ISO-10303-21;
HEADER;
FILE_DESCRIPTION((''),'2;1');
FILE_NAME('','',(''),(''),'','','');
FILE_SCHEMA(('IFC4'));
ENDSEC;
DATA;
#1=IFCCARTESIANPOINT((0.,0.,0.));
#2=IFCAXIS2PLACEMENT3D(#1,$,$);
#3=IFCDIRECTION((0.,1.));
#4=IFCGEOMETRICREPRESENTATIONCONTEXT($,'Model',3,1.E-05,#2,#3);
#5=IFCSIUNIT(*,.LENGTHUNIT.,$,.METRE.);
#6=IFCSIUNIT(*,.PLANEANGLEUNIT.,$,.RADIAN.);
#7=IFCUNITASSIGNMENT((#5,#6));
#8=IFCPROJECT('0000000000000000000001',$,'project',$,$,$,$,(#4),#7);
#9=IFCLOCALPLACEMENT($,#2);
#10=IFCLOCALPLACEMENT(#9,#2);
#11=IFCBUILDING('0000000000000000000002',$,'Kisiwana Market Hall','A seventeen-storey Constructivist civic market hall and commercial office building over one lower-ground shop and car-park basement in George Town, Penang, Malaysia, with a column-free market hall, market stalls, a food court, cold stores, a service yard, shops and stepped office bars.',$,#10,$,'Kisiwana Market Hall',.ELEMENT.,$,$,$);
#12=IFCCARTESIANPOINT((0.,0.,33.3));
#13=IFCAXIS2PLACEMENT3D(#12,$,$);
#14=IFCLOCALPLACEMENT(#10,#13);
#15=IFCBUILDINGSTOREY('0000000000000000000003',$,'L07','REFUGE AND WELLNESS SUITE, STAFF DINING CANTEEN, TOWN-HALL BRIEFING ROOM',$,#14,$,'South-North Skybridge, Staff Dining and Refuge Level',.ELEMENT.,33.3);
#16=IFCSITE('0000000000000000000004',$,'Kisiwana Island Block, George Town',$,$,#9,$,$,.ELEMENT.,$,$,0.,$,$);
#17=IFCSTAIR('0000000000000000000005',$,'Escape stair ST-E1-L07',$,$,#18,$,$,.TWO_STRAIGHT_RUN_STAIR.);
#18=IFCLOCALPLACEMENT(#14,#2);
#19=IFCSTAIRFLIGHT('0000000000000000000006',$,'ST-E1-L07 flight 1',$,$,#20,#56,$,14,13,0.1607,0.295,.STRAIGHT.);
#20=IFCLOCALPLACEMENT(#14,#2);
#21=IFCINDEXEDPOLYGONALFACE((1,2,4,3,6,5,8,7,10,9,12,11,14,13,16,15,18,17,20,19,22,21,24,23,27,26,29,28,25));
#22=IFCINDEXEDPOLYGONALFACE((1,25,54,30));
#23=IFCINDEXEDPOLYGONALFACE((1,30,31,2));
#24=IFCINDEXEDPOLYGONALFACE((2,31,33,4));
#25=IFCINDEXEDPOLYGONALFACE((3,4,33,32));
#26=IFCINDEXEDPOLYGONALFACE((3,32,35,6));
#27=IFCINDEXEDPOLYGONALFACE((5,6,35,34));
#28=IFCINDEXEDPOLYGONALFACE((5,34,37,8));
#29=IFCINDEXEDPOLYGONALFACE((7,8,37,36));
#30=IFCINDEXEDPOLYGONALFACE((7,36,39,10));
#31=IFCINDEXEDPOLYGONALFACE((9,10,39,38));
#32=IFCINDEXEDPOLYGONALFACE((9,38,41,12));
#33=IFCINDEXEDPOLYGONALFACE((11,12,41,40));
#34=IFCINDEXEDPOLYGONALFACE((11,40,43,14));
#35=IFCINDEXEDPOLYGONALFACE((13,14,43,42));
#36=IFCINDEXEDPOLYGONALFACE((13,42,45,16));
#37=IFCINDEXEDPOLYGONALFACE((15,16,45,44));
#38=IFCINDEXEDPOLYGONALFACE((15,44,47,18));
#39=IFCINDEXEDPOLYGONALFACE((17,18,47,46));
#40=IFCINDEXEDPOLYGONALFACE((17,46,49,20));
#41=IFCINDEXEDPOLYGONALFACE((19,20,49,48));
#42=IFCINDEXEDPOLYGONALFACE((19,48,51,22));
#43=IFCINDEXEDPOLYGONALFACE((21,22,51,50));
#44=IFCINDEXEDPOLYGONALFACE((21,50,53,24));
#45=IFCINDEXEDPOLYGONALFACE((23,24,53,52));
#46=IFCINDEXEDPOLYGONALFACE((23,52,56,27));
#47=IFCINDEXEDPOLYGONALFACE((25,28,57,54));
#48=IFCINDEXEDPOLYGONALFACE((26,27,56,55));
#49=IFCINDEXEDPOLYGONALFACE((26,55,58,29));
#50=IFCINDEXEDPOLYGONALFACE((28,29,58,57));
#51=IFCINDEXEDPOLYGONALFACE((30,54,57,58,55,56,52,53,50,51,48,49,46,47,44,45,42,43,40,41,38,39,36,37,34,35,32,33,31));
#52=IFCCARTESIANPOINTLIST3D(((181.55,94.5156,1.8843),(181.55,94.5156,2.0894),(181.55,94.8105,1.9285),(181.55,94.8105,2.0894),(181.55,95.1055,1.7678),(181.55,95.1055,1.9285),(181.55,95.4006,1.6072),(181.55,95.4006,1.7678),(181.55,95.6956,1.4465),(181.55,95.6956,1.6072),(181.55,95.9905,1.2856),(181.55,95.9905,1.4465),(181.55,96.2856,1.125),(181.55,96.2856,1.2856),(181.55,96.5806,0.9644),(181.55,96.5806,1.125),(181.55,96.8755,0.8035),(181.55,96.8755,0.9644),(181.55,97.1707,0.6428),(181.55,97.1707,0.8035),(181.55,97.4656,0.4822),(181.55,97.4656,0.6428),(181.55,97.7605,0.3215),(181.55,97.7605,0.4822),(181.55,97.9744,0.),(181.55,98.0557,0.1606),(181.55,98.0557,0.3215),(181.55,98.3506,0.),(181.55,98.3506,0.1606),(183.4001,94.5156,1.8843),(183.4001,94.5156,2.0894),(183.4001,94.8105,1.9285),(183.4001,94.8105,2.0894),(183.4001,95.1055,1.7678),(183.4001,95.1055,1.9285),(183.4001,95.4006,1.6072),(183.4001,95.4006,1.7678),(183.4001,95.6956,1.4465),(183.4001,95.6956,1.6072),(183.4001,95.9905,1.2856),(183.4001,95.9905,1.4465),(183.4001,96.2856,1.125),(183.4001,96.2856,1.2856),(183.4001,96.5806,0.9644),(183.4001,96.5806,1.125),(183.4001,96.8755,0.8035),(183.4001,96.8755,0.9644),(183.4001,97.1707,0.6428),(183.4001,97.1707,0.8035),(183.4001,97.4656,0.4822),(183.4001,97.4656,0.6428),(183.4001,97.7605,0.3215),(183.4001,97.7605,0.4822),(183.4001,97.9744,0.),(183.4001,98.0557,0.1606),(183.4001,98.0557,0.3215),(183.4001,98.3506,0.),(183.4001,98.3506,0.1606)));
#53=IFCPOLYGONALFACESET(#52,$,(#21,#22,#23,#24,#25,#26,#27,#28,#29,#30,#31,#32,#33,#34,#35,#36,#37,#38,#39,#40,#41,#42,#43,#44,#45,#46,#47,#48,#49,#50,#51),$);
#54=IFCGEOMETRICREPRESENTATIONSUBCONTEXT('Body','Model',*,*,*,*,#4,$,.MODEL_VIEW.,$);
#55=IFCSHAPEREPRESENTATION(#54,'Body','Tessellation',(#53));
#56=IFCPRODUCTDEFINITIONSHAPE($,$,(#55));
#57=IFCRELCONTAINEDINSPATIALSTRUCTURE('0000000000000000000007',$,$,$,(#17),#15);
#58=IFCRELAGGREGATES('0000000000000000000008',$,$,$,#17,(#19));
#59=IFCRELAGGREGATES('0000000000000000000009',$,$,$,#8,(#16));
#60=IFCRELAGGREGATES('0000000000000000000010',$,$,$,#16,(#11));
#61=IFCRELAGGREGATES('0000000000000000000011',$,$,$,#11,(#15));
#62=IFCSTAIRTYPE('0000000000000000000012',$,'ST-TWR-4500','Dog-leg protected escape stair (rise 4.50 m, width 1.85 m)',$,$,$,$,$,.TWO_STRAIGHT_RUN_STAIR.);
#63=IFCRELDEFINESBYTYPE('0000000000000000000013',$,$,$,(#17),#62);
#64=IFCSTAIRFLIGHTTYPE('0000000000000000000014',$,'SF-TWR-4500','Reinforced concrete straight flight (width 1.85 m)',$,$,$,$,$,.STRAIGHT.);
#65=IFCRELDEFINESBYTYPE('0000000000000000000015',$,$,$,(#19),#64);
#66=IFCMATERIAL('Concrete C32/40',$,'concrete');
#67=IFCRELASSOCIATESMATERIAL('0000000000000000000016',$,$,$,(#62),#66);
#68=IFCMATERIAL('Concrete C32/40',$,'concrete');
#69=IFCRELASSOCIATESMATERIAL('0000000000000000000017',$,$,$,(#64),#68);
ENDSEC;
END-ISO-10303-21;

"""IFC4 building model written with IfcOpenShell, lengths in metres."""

from ifc_helpers import new_model, si_unit, direction, frame, origin, place, context, subcontext, project, spatial, polyline, outline, extrude, material, type_object, element, aggregate, save


model = new_model("IFC4")

# Units and contexts
model_context = context("Model", 3, precision=1e-05, world=origin(), true_north=direction((0.0, 1.0)))
body_context = subcontext(model_context, "Body", "Model", "MODEL_VIEW")
ifc_project = project(units=[si_unit("LENGTHUNIT", "METRE"), si_unit("PLANEANGLEUNIT", "RADIAN")], contexts=[model_context])

# Site, building, storey
site_placement = place(None, origin())
site = spatial("IfcSite", under=ifc_project, at=site_placement, Name="Kisiwana Island Block, George Town", CompositionType="ELEMENT", RefElevation=0.0)
building_placement = place(site_placement, origin())
building = spatial("IfcBuilding", under=site, at=building_placement, Name="Kisiwana Market Hall", Description="A seventeen-storey Constructivist civic market hall and commercial office building over one lower-ground shop and car-park basement in George Town, Penang, Malaysia, with a column-free market hall, market stalls, a food court, cold stores, a service yard, shops and stepped office bars.", LongName="Kisiwana Market Hall", CompositionType="ELEMENT")
storey_placement = place(building_placement, frame((0.0, 0.0, 33.3)))
storey = spatial("IfcBuildingStorey", under=building, at=storey_placement, Name="L07", Description="REFUGE AND WELLNESS SUITE, STAFF DINING CANTEEN, TOWN-HALL BRIEFING ROOM", LongName="South-North Skybridge, Staff Dining and Refuge Level", CompositionType="ELEMENT", Elevation=33.3)

# Stair, stair flight
ifc_material_1 = material(Name="Concrete C32/40", Category="concrete")
stair_type = type_object("IfcStairType", Name="ST-TWR-4500", Description="Dog-leg protected escape stair (rise 4.50 m, width 1.85 m)", PredefinedType="TWO_STRAIGHT_RUN_STAIR", material=ifc_material_1)
stair_placement = place(storey_placement, origin())
stair = element("IfcStair", 1, at=stair_placement, inside=storey, type_object=stair_type, Name="Escape stair ST-E1-L07", PredefinedType="TWO_STRAIGHT_RUN_STAIR")
ifc_material_2 = material(Name="Concrete C32/40", Category="concrete")
stair_flight_type = type_object("IfcStairFlightType", Name="SF-TWR-4500", Description="Reinforced concrete straight flight (width 1.85 m)", PredefinedType="STRAIGHT", material=ifc_material_2)
stair_flight_placement = place(storey_placement, frame((182.4751, 98.3506, 0.0), z_axis=(0.0, 0.0, 1.0), x_axis=(0.0, -1.0, 0.0)))
stair_flight = element("IfcStairFlight", 2, at=stair_flight_placement, type_object=stair_flight_type, Name="ST-E1-L07 flight 1", NumberOfRisers=14, NumberOfTreads=13, PredefinedType="STRAIGHT", RiserHeight=0.1607, TreadLength=0.295, context=body_context, shape_type="SweptSolid", body=[
    extrude(outline(polyline([(0.0, 0.0), (0.0, 0.1606), (0.2949, 0.1606), (0.2949, 0.3215), (0.5901, 0.3215), (0.5901, 0.4822), (0.885, 0.4822), (0.885, 0.6428), (1.1799, 0.6428), (1.1799, 0.8035), (1.4751, 0.8035), (1.4751, 0.9644), (1.77, 0.9644), (1.77, 1.125), (2.0649, 1.125), (2.0649, 1.2856), (2.3601, 1.2856), (2.3601, 1.4465), (2.655, 1.4465), (2.655, 1.6072), (2.95, 1.6072), (2.95, 1.7678), (3.2451, 1.7678), (3.2451, 1.9285), (3.54, 1.9285), (3.54, 2.0894), (3.835, 2.0894), (3.835, 2.25), (3.835, 1.8843), (0.3762, 0.0), (0.0, 0.0)])), frame((0.0, 0.925, 0.0), z_axis=(0.0, -1.0, 0.0), x_axis=(1.0, 0.0, 0.0)), (0.0, 0.0, 1.0), 1.8501),
])
aggregate(stair, [stair_flight])

save(model, "model.ifc")
